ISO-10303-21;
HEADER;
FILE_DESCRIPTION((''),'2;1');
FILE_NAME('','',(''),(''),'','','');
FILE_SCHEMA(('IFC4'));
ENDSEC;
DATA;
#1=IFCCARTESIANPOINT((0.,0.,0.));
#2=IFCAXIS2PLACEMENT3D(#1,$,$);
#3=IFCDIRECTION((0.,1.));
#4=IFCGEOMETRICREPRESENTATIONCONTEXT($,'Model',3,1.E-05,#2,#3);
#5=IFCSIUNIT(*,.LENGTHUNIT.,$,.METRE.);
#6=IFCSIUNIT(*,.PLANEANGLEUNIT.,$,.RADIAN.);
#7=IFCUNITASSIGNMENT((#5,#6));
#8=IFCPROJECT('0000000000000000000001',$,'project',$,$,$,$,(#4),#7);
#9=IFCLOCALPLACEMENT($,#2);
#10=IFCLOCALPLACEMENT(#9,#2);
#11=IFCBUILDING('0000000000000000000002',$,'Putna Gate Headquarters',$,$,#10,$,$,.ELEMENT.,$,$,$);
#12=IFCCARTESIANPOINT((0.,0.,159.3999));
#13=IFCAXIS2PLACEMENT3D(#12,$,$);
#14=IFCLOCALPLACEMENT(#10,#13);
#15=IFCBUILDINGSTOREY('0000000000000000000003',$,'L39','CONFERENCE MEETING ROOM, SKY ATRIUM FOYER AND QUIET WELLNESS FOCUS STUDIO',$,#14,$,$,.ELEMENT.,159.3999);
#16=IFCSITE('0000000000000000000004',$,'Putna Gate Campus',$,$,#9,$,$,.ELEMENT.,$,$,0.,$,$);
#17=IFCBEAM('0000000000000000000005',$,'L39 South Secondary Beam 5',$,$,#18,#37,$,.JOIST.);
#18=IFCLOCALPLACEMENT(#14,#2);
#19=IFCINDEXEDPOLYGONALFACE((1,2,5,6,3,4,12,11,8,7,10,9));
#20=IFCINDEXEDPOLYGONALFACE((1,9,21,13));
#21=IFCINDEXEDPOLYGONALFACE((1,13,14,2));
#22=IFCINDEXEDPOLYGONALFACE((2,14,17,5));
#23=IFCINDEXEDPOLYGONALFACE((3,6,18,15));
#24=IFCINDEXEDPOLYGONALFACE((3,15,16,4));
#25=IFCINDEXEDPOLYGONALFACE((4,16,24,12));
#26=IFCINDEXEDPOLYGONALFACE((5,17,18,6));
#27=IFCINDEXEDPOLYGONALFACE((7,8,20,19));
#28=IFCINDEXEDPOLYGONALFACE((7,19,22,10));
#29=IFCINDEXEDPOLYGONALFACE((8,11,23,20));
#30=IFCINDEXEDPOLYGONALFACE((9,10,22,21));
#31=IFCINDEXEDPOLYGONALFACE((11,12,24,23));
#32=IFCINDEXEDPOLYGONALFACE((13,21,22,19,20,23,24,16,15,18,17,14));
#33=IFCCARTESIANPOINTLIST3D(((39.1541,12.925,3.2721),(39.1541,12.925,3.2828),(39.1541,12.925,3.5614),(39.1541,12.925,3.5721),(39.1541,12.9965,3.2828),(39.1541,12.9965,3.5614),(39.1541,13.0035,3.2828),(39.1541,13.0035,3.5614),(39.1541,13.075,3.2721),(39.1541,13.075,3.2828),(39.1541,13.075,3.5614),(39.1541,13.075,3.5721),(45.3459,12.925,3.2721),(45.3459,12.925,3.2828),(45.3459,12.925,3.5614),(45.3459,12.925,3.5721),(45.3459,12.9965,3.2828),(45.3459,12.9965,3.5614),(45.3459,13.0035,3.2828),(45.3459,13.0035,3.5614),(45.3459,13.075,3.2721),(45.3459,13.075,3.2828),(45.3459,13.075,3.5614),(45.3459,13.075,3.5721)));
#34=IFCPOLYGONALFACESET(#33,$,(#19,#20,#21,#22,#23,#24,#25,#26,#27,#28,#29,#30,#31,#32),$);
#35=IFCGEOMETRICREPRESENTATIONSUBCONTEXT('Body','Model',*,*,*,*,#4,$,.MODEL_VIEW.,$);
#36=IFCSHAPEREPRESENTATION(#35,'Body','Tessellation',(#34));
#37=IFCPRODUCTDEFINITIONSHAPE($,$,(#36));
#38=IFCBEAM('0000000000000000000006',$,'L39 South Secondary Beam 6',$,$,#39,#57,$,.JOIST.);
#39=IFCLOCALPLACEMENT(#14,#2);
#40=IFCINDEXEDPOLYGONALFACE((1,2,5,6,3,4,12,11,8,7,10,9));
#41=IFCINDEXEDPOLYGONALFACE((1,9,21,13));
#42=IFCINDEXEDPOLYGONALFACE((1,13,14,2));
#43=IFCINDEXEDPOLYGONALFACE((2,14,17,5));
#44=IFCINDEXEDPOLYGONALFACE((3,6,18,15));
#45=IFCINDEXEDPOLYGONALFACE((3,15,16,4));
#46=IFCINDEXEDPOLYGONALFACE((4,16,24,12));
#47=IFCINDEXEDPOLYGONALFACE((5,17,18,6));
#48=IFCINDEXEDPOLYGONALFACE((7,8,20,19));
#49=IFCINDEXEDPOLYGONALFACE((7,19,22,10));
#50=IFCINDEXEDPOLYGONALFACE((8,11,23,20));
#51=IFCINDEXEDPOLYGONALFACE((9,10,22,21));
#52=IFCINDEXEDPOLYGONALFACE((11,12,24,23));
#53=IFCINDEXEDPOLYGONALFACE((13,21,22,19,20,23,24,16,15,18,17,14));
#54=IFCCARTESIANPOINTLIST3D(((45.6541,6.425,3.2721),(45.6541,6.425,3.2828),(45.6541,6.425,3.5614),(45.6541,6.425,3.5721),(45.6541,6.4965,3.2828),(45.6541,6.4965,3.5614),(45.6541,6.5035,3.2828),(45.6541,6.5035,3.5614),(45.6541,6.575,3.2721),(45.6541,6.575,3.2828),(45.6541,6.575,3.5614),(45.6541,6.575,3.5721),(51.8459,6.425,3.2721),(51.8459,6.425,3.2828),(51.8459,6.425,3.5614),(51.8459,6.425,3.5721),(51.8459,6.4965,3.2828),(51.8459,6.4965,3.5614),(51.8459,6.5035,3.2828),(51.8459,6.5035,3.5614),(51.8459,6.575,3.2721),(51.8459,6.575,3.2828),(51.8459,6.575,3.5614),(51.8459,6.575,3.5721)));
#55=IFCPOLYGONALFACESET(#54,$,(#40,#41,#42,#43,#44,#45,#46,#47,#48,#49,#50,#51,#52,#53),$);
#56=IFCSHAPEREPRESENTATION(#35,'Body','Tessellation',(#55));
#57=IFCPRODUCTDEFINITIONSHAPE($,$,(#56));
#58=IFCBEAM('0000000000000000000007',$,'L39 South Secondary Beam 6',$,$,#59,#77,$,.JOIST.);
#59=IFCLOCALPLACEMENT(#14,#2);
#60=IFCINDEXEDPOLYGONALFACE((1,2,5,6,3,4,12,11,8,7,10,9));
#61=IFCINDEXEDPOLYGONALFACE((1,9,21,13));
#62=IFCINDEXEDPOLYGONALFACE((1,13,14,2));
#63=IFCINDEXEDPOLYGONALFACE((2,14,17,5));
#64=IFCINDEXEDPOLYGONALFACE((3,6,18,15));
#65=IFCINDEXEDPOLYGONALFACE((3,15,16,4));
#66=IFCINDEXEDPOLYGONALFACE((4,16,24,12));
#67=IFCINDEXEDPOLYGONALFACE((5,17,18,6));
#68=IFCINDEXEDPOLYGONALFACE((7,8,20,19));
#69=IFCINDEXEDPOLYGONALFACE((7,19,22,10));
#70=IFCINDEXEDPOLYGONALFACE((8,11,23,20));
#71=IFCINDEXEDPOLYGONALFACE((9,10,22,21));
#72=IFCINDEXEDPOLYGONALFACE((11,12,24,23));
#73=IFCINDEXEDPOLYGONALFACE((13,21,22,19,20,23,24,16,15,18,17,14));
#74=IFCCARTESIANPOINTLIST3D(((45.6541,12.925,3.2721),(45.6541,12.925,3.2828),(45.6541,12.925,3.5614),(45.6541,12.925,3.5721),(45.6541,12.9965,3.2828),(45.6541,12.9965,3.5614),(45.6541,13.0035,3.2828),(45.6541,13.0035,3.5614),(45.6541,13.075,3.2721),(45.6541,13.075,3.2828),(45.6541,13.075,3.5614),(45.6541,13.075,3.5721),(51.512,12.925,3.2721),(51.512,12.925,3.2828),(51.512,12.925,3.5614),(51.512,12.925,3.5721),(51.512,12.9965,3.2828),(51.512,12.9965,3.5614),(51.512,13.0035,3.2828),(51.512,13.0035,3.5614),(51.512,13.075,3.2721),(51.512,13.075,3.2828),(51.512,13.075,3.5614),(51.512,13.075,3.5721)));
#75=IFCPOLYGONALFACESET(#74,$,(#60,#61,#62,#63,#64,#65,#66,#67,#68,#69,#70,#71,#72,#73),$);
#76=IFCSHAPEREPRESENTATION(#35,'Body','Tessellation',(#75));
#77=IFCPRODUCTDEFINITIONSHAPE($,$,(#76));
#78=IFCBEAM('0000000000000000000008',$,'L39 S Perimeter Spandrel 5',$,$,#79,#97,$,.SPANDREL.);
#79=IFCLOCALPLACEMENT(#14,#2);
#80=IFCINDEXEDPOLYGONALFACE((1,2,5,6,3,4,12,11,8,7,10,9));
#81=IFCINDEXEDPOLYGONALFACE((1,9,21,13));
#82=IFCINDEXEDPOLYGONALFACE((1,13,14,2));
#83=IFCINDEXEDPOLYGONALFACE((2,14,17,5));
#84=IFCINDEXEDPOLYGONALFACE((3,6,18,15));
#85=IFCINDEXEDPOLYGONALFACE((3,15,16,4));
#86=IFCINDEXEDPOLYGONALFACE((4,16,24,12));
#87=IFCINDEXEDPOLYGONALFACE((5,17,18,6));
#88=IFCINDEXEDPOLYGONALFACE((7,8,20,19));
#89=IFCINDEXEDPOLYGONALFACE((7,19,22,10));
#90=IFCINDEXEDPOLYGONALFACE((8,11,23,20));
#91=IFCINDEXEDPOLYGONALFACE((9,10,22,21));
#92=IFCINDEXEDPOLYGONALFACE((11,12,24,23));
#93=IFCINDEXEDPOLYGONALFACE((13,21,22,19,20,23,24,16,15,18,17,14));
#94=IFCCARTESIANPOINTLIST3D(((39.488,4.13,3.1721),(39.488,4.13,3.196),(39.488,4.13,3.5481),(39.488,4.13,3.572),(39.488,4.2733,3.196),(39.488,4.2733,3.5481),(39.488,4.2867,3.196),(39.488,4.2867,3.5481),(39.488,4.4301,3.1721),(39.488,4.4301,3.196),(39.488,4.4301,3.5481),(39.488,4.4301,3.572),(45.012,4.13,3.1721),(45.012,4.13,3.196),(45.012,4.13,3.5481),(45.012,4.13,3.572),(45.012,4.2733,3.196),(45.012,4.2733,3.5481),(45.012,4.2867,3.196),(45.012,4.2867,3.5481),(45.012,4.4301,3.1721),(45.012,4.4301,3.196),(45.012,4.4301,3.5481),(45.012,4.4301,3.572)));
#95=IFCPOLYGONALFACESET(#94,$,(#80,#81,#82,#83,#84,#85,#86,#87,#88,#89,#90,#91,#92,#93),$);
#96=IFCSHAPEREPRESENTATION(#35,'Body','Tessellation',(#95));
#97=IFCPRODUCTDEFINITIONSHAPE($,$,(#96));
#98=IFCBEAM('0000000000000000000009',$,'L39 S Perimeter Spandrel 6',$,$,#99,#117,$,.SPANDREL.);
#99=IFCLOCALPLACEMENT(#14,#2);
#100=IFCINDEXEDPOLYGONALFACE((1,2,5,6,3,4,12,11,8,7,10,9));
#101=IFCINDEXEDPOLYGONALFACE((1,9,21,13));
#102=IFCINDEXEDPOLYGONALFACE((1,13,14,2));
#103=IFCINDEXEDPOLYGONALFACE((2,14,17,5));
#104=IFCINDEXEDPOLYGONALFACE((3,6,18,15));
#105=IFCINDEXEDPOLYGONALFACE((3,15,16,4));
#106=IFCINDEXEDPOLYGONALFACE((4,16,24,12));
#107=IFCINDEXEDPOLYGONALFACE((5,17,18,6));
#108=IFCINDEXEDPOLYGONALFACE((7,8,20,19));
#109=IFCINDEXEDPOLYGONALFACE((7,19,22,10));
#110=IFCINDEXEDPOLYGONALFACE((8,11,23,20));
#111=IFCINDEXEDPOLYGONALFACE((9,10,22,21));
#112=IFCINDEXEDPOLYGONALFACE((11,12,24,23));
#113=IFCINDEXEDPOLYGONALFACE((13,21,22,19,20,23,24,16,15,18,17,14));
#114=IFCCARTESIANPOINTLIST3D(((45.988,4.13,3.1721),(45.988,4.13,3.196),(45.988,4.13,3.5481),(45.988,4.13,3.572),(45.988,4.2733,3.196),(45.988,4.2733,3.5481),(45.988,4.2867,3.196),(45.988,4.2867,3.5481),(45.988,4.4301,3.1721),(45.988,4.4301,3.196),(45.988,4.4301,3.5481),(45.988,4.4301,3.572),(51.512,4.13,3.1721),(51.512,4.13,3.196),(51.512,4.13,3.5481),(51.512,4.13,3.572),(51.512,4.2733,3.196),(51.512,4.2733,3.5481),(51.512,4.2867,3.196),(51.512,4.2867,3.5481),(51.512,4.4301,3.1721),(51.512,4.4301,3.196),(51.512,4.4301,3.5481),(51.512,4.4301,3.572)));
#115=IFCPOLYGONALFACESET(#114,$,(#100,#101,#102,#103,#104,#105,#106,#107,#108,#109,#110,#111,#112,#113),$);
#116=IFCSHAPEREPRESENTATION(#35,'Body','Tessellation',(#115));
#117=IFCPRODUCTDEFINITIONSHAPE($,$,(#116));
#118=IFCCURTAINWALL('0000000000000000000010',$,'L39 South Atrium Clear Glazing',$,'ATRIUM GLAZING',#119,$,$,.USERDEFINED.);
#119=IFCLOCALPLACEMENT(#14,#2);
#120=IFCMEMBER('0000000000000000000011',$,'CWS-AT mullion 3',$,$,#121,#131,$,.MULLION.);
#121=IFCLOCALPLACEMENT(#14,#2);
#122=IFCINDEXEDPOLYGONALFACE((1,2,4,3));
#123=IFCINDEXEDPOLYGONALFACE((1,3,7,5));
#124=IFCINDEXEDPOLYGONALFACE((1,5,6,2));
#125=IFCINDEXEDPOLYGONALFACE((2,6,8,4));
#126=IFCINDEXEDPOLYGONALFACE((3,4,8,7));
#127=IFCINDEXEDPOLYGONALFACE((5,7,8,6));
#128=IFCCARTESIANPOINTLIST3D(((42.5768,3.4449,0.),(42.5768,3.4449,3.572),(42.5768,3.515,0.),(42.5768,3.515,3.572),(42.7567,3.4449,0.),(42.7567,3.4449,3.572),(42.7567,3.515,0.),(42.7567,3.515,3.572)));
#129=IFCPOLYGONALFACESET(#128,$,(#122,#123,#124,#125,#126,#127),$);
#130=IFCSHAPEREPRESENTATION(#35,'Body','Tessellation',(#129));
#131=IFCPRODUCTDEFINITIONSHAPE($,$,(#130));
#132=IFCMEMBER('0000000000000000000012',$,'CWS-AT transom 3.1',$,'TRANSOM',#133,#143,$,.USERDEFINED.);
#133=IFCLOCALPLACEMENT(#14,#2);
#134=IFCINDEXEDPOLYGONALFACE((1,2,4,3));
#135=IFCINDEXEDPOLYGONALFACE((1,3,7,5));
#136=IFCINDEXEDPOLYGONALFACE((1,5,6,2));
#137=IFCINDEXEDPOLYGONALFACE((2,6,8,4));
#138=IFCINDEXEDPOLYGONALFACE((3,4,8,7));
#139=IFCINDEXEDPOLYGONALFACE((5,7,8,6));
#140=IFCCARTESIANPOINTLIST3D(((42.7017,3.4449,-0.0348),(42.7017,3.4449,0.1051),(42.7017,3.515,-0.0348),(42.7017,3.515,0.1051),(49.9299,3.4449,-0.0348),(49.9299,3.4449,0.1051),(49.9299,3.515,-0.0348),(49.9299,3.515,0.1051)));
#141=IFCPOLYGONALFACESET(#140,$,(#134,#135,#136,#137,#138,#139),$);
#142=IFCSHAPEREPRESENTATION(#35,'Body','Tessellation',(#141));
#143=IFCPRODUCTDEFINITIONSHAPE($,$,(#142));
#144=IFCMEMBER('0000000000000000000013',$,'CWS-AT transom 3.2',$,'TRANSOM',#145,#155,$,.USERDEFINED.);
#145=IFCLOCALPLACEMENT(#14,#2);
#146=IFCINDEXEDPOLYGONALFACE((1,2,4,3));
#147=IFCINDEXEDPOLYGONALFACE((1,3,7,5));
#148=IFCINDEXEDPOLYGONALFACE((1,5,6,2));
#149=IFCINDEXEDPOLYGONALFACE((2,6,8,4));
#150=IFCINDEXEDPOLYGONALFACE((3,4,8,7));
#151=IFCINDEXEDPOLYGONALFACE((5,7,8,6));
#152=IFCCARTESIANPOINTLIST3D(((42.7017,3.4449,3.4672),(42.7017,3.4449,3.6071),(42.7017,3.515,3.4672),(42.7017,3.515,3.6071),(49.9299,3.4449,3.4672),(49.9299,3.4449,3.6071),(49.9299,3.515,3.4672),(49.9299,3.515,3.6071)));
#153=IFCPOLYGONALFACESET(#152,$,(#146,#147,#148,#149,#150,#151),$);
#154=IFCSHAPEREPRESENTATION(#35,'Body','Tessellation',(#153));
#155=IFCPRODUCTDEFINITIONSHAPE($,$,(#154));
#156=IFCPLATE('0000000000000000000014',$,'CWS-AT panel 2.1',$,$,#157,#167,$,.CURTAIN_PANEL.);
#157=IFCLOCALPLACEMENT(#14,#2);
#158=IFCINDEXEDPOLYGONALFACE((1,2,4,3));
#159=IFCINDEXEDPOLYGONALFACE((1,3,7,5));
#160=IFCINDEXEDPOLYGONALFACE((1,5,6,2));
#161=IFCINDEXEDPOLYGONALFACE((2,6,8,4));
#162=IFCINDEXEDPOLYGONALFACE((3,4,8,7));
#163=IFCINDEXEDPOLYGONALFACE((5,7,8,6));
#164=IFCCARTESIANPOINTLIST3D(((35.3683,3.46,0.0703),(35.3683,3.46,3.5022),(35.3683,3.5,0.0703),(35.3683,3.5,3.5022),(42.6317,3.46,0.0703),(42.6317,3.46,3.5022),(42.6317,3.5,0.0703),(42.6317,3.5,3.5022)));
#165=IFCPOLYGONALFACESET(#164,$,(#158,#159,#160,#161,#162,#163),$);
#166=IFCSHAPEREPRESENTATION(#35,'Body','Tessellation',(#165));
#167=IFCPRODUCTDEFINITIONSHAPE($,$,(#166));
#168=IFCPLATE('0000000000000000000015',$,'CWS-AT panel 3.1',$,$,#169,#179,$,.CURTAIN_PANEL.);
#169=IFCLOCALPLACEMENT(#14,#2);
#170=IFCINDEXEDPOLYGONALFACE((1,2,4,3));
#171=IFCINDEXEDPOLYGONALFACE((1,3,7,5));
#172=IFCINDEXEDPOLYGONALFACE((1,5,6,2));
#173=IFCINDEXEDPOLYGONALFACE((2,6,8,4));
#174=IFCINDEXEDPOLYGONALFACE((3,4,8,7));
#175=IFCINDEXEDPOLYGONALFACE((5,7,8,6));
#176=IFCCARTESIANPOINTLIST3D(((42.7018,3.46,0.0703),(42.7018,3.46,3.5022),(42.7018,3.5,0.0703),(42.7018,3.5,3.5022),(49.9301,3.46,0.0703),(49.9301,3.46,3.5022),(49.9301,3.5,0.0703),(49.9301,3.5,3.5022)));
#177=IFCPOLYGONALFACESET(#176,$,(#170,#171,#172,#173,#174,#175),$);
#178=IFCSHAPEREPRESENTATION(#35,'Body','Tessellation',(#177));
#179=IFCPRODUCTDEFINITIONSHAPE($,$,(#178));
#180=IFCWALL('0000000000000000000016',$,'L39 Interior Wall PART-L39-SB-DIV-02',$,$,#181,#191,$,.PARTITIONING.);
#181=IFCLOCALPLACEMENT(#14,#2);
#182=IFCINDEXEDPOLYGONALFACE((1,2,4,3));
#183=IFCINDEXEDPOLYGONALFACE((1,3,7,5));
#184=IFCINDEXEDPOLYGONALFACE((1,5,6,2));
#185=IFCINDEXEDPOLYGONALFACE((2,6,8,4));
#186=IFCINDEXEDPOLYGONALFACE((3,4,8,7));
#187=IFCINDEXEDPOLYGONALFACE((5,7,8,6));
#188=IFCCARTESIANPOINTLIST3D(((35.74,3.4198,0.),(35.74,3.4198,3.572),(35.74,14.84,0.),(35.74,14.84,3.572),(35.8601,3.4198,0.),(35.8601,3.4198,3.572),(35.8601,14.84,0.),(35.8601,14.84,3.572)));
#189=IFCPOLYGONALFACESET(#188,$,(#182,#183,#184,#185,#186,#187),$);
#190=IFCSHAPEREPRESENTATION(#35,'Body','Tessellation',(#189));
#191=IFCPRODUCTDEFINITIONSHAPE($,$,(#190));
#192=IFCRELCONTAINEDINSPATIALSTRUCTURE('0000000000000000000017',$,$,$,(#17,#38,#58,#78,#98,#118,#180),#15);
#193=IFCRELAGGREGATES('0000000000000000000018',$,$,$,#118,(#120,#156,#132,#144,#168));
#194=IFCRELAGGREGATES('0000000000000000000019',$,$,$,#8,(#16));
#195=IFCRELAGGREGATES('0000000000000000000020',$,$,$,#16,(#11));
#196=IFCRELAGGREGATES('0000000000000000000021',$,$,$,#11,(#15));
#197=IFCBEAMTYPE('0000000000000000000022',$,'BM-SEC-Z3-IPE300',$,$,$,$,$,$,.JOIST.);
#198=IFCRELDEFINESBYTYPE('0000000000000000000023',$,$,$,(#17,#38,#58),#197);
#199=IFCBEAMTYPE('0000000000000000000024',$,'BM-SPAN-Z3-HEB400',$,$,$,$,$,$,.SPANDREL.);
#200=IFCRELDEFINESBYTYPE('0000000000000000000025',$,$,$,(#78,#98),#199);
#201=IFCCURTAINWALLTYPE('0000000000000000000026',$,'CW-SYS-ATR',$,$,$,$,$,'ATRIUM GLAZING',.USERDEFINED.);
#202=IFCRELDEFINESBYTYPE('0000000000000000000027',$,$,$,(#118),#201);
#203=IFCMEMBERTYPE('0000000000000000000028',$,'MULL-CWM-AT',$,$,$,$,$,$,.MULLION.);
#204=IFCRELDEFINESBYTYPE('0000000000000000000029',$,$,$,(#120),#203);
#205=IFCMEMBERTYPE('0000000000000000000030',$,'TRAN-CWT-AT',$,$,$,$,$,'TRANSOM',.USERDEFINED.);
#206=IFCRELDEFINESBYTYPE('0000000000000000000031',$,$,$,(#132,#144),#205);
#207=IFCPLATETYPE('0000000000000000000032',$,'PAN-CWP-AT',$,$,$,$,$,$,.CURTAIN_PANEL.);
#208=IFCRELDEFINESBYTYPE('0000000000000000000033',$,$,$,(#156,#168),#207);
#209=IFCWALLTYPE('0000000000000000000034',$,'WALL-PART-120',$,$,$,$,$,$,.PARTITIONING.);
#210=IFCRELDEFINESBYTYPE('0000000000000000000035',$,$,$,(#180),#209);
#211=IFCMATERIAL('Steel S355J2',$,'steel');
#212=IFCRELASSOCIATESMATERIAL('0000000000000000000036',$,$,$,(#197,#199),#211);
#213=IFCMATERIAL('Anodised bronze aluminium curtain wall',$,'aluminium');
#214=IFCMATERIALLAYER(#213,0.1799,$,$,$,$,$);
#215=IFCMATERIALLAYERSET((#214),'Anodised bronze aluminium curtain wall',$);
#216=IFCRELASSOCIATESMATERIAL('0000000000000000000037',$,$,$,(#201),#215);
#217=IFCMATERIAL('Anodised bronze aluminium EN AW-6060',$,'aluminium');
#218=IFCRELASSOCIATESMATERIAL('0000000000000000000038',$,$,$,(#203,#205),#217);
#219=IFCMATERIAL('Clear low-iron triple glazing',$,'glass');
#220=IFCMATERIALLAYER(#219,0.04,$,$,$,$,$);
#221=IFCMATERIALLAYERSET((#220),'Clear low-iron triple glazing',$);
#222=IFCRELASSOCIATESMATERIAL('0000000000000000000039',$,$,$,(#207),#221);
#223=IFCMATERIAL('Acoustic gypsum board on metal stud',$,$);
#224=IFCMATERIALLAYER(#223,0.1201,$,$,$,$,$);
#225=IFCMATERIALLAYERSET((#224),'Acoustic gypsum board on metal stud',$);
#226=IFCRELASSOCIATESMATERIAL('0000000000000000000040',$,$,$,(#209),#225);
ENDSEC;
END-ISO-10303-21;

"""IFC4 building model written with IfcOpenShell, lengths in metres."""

from ifc_helpers import new_model, si_unit, direction, frame, frame_2d, origin, origin_2d, place, context, subcontext, project, spatial, rectangle, i_section, extrude, material, layer, layer_set, material_profile, profile_set, type_object, element, aggregate, save


model = new_model("IFC4")

# Units and contexts
model_context = context("Model", 3, precision=1e-05, world=origin(), true_north=direction((0.0, 1.0)))
body_context = subcontext(model_context, "Body", "Model", "MODEL_VIEW")
ifc_project = project(units=[si_unit("LENGTHUNIT", "METRE"), si_unit("PLANEANGLEUNIT", "RADIAN")], contexts=[model_context])

# Site, building, storey
site_placement = place(None, origin())
site = spatial("IfcSite", under=ifc_project, at=site_placement, Name="Putna Gate Campus", CompositionType="ELEMENT", RefElevation=0.0)
building_placement = place(site_placement, origin())
building = spatial("IfcBuilding", under=site, at=building_placement, Name="Putna Gate Headquarters", CompositionType="ELEMENT")
storey_placement = place(building_placement, frame((0.0, 0.0, 159.3999)))
storey = spatial("IfcBuildingStorey", under=building, at=storey_placement, Name="L39", Description="CONFERENCE MEETING ROOM, SKY ATRIUM FOYER AND QUIET WELLNESS FOCUS STUDIO", CompositionType="ELEMENT", Elevation=159.3999)

# Beams
ifc_material_1 = material(Name="Steel S355J2", Category="steel")
ifc_material_profile_1 = material_profile(ifc_material_1, i_section(OverallWidth=0.1499, OverallDepth=0.3, WebThickness=0.0071, FlangeThickness=0.0107, at=origin_2d()), Name="Steel S355J2")
ifc_profile_set_1 = profile_set([ifc_material_profile_1], Name="Steel S355J2")
beam_type_1 = type_object("IfcBeamType", Name="BM-SEC-Z3-IPE300", PredefinedType="JOIST", material=ifc_profile_set_1)
for number, where, z_axis, x_axis, name in (
    (1, (39.1541, 13.0, 3.4221), (1.0, 0.0, 0.0), (0.0, 1.0, 0.0), "L39 South Secondary Beam 5"),
    (2, (45.6541, 6.5, 3.4221), (1.0, 0.0, 0.0), (0.0, 1.0, 0.0), "L39 South Secondary Beam 6"),
):
    element("IfcBeam", number, at=place(storey_placement, frame(where, z_axis=z_axis, x_axis=x_axis)), inside=storey, type_object=beam_type_1, Name=name, PredefinedType="JOIST", context=body_context, shape_type="SweptSolid", body=[
        extrude(i_section(OverallWidth=0.1499, OverallDepth=0.3, WebThickness=0.0071, FlangeThickness=0.0107, at=origin_2d()), origin(), (0.0, 0.0, 1.0), 6.1919),
    ])
beam_1_placement = place(storey_placement, frame((45.6541, 13.0, 3.4221), z_axis=(1.0, 0.0, 0.0), x_axis=(0.0, 1.0, 0.0)))
element("IfcBeam", 3, at=beam_1_placement, inside=storey, type_object=beam_type_1, Name="L39 South Secondary Beam 6", PredefinedType="JOIST", context=body_context, shape_type="SweptSolid", body=[
    extrude(i_section(OverallWidth=0.1499, OverallDepth=0.3, WebThickness=0.0071, FlangeThickness=0.0107, at=origin_2d()), origin(), (0.0, 0.0, 1.0), 5.8579),
])
ifc_material_profile_2 = material_profile(ifc_material_1, i_section(OverallWidth=0.3, OverallDepth=0.3999, WebThickness=0.0134, FlangeThickness=0.0239, at=origin_2d()), Name="Steel S355J2")
ifc_profile_set_2 = profile_set([ifc_material_profile_2], Name="Steel S355J2")
beam_type_2 = type_object("IfcBeamType", Name="BM-SPAN-Z3-HEB400", PredefinedType="SPANDREL", material=ifc_profile_set_2)
for number, where, z_axis, x_axis, name in (
    (4, (39.488, 4.28, 3.3721), (1.0, 0.0, 0.0), (0.0, 1.0, 0.0), "L39 S Perimeter Spandrel 5"),
    (5, (45.988, 4.28, 3.3721), (1.0, 0.0, 0.0), (0.0, 1.0, 0.0), "L39 S Perimeter Spandrel 6"),
):
    element("IfcBeam", number, at=place(storey_placement, frame(where, z_axis=z_axis, x_axis=x_axis)), inside=storey, type_object=beam_type_2, Name=name, PredefinedType="SPANDREL", context=body_context, shape_type="SweptSolid", body=[
        extrude(i_section(OverallWidth=0.3, OverallDepth=0.3999, WebThickness=0.0134, FlangeThickness=0.0239, at=origin_2d()), origin(), (0.0, 0.0, 1.0), 5.5239),
    ])

# Curtain wall, members, plates
ifc_material_2 = material(Name="Anodised bronze aluminium curtain wall", Category="aluminium")
ifc_layer_1 = layer(ifc_material_2, 0.1799)
ifc_layer_set_1 = layer_set([ifc_layer_1], Name="Anodised bronze aluminium curtain wall")
curtain_wall_type = type_object("IfcCurtainWallType", Name="CW-SYS-ATR", ElementType="ATRIUM GLAZING", PredefinedType="USERDEFINED", material=ifc_layer_set_1)
curtain_wall_placement = place(storey_placement, origin())
curtain_wall = element("IfcCurtainWall", 6, at=curtain_wall_placement, inside=storey, type_object=curtain_wall_type, Name="L39 South Atrium Clear Glazing", ObjectType="ATRIUM GLAZING", PredefinedType="USERDEFINED")
ifc_material_3 = material(Name="Anodised bronze aluminium EN AW-6060", Category="aluminium")
ifc_material_profile_3 = material_profile(ifc_material_3, rectangle(XDim=0.0701, YDim=0.1799, at=origin_2d()), Name="Anodised bronze aluminium EN AW-6060")
ifc_profile_set_3 = profile_set([ifc_material_profile_3], Name="Anodised bronze aluminium EN AW-6060")
member_type_1 = type_object("IfcMemberType", Name="MULL-CWM-AT", PredefinedType="MULLION", material=ifc_profile_set_3)
member_1_placement = place(storey_placement, frame((42.6667, 3.48, 0.0), z_axis=(0.0, 0.0, 1.0), x_axis=(0.0, 1.0, 0.0)))
member_1 = element("IfcMember", 7, at=member_1_placement, type_object=member_type_1, Name="CWS-AT mullion 3", PredefinedType="MULLION", context=body_context, shape_type="SweptSolid", body=[
    extrude(rectangle(XDim=0.0701, YDim=0.1799, at=origin_2d()), origin(), (0.0, 0.0, 1.0), 3.572),
])
ifc_material_profile_4 = material_profile(ifc_material_3, rectangle(XDim=0.0701, YDim=0.1399, at=origin_2d()), Name="Anodised bronze aluminium EN AW-6060")
ifc_profile_set_4 = profile_set([ifc_material_profile_4], Name="Anodised bronze aluminium EN AW-6060")
member_type_2 = type_object("IfcMemberType", Name="TRAN-CWT-AT", ElementType="TRANSOM", PredefinedType="USERDEFINED", material=ifc_profile_set_4)
member_2_placement = place(storey_placement, frame((42.7017, 3.48, 0.0352), z_axis=(1.0, 0.0, 0.0), x_axis=(0.0, 1.0, 0.0)))
member_2 = element("IfcMember", 8, at=member_2_placement, type_object=member_type_2, Name="CWS-AT transom 3.1", ObjectType="TRANSOM", PredefinedType="USERDEFINED", context=body_context, shape_type="SweptSolid", body=[
    extrude(rectangle(XDim=0.0701, YDim=0.1399, at=origin_2d()), origin(), (0.0, 0.0, 1.0), 7.2283),
])
member_3_placement = place(storey_placement, frame((42.7017, 3.48, 3.5371), z_axis=(1.0, 0.0, 0.0), x_axis=(0.0, 1.0, 0.0)))
member_3 = element("IfcMember", 9, at=member_3_placement, type_object=member_type_2, Name="CWS-AT transom 3.2", ObjectType="TRANSOM", PredefinedType="USERDEFINED", context=body_context, shape_type="SweptSolid", body=[
    extrude(rectangle(XDim=0.0701, YDim=0.1399, at=origin_2d()), origin(), (0.0, 0.0, 1.0), 7.2283),
])
ifc_material_4 = material(Name="Clear low-iron triple glazing", Category="glass")
ifc_layer_2 = layer(ifc_material_4, 0.04)
ifc_layer_set_2 = layer_set([ifc_layer_2], Name="Clear low-iron triple glazing")
plate_type = type_object("IfcPlateType", Name="PAN-CWP-AT", PredefinedType="CURTAIN_PANEL", material=ifc_layer_set_2)
plate_1_placement = place(storey_placement, frame((39.0, 3.48, 0.0703), z_axis=(0.0, 0.0, 1.0), x_axis=(1.0, 0.0, 0.0)))
plate_1 = element("IfcPlate", 10, at=plate_1_placement, type_object=plate_type, Name="CWS-AT panel 2.1", PredefinedType="CURTAIN_PANEL", context=body_context, shape_type="SweptSolid", body=[
    extrude(rectangle(XDim=7.2634, YDim=0.04, at=origin_2d()), origin(), (0.0, 0.0, 1.0), 3.4319),
])
plate_2_placement = place(storey_placement, frame((46.3159, 3.48, 0.0703), z_axis=(0.0, 0.0, 1.0), x_axis=(1.0, 0.0, 0.0)))
plate_2 = element("IfcPlate", 11, at=plate_2_placement, type_object=plate_type, Name="CWS-AT panel 3.1", PredefinedType="CURTAIN_PANEL", context=body_context, shape_type="SweptSolid", body=[
    extrude(rectangle(XDim=7.2283, YDim=0.04, at=origin_2d()), origin(), (0.0, 0.0, 1.0), 3.4319),
])
aggregate(curtain_wall, [member_1, plate_1, member_2, member_3, plate_2])

# Wall
ifc_material_5 = material(Name="Acoustic gypsum board on metal stud")
ifc_layer_3 = layer(ifc_material_5, 0.1201)
ifc_layer_set_3 = layer_set([ifc_layer_3], Name="Acoustic gypsum board on metal stud")
wall_type_1 = type_object("IfcWallType", Name="WALL-PART-120", PredefinedType="PARTITIONING", material=ifc_layer_set_3)
wall_1_placement = place(storey_placement, frame((35.8, 3.4199, 0.0), z_axis=(0.0, 0.0, 1.0), x_axis=(0.0, 1.0, 0.0)))
element("IfcWall", 12, at=wall_1_placement, inside=storey, type_object=wall_type_1, Name="L39 Interior Wall PART-L39-SB-DIV-02", PredefinedType="PARTITIONING", context=body_context, shape_type="SweptSolid", body=[
    extrude(rectangle(XDim=11.4202, YDim=0.1201, at=frame_2d((5.71, 0.0))), origin(), (0.0, 0.0, 1.0), 3.572),
])

save(model, "model.ifc")
